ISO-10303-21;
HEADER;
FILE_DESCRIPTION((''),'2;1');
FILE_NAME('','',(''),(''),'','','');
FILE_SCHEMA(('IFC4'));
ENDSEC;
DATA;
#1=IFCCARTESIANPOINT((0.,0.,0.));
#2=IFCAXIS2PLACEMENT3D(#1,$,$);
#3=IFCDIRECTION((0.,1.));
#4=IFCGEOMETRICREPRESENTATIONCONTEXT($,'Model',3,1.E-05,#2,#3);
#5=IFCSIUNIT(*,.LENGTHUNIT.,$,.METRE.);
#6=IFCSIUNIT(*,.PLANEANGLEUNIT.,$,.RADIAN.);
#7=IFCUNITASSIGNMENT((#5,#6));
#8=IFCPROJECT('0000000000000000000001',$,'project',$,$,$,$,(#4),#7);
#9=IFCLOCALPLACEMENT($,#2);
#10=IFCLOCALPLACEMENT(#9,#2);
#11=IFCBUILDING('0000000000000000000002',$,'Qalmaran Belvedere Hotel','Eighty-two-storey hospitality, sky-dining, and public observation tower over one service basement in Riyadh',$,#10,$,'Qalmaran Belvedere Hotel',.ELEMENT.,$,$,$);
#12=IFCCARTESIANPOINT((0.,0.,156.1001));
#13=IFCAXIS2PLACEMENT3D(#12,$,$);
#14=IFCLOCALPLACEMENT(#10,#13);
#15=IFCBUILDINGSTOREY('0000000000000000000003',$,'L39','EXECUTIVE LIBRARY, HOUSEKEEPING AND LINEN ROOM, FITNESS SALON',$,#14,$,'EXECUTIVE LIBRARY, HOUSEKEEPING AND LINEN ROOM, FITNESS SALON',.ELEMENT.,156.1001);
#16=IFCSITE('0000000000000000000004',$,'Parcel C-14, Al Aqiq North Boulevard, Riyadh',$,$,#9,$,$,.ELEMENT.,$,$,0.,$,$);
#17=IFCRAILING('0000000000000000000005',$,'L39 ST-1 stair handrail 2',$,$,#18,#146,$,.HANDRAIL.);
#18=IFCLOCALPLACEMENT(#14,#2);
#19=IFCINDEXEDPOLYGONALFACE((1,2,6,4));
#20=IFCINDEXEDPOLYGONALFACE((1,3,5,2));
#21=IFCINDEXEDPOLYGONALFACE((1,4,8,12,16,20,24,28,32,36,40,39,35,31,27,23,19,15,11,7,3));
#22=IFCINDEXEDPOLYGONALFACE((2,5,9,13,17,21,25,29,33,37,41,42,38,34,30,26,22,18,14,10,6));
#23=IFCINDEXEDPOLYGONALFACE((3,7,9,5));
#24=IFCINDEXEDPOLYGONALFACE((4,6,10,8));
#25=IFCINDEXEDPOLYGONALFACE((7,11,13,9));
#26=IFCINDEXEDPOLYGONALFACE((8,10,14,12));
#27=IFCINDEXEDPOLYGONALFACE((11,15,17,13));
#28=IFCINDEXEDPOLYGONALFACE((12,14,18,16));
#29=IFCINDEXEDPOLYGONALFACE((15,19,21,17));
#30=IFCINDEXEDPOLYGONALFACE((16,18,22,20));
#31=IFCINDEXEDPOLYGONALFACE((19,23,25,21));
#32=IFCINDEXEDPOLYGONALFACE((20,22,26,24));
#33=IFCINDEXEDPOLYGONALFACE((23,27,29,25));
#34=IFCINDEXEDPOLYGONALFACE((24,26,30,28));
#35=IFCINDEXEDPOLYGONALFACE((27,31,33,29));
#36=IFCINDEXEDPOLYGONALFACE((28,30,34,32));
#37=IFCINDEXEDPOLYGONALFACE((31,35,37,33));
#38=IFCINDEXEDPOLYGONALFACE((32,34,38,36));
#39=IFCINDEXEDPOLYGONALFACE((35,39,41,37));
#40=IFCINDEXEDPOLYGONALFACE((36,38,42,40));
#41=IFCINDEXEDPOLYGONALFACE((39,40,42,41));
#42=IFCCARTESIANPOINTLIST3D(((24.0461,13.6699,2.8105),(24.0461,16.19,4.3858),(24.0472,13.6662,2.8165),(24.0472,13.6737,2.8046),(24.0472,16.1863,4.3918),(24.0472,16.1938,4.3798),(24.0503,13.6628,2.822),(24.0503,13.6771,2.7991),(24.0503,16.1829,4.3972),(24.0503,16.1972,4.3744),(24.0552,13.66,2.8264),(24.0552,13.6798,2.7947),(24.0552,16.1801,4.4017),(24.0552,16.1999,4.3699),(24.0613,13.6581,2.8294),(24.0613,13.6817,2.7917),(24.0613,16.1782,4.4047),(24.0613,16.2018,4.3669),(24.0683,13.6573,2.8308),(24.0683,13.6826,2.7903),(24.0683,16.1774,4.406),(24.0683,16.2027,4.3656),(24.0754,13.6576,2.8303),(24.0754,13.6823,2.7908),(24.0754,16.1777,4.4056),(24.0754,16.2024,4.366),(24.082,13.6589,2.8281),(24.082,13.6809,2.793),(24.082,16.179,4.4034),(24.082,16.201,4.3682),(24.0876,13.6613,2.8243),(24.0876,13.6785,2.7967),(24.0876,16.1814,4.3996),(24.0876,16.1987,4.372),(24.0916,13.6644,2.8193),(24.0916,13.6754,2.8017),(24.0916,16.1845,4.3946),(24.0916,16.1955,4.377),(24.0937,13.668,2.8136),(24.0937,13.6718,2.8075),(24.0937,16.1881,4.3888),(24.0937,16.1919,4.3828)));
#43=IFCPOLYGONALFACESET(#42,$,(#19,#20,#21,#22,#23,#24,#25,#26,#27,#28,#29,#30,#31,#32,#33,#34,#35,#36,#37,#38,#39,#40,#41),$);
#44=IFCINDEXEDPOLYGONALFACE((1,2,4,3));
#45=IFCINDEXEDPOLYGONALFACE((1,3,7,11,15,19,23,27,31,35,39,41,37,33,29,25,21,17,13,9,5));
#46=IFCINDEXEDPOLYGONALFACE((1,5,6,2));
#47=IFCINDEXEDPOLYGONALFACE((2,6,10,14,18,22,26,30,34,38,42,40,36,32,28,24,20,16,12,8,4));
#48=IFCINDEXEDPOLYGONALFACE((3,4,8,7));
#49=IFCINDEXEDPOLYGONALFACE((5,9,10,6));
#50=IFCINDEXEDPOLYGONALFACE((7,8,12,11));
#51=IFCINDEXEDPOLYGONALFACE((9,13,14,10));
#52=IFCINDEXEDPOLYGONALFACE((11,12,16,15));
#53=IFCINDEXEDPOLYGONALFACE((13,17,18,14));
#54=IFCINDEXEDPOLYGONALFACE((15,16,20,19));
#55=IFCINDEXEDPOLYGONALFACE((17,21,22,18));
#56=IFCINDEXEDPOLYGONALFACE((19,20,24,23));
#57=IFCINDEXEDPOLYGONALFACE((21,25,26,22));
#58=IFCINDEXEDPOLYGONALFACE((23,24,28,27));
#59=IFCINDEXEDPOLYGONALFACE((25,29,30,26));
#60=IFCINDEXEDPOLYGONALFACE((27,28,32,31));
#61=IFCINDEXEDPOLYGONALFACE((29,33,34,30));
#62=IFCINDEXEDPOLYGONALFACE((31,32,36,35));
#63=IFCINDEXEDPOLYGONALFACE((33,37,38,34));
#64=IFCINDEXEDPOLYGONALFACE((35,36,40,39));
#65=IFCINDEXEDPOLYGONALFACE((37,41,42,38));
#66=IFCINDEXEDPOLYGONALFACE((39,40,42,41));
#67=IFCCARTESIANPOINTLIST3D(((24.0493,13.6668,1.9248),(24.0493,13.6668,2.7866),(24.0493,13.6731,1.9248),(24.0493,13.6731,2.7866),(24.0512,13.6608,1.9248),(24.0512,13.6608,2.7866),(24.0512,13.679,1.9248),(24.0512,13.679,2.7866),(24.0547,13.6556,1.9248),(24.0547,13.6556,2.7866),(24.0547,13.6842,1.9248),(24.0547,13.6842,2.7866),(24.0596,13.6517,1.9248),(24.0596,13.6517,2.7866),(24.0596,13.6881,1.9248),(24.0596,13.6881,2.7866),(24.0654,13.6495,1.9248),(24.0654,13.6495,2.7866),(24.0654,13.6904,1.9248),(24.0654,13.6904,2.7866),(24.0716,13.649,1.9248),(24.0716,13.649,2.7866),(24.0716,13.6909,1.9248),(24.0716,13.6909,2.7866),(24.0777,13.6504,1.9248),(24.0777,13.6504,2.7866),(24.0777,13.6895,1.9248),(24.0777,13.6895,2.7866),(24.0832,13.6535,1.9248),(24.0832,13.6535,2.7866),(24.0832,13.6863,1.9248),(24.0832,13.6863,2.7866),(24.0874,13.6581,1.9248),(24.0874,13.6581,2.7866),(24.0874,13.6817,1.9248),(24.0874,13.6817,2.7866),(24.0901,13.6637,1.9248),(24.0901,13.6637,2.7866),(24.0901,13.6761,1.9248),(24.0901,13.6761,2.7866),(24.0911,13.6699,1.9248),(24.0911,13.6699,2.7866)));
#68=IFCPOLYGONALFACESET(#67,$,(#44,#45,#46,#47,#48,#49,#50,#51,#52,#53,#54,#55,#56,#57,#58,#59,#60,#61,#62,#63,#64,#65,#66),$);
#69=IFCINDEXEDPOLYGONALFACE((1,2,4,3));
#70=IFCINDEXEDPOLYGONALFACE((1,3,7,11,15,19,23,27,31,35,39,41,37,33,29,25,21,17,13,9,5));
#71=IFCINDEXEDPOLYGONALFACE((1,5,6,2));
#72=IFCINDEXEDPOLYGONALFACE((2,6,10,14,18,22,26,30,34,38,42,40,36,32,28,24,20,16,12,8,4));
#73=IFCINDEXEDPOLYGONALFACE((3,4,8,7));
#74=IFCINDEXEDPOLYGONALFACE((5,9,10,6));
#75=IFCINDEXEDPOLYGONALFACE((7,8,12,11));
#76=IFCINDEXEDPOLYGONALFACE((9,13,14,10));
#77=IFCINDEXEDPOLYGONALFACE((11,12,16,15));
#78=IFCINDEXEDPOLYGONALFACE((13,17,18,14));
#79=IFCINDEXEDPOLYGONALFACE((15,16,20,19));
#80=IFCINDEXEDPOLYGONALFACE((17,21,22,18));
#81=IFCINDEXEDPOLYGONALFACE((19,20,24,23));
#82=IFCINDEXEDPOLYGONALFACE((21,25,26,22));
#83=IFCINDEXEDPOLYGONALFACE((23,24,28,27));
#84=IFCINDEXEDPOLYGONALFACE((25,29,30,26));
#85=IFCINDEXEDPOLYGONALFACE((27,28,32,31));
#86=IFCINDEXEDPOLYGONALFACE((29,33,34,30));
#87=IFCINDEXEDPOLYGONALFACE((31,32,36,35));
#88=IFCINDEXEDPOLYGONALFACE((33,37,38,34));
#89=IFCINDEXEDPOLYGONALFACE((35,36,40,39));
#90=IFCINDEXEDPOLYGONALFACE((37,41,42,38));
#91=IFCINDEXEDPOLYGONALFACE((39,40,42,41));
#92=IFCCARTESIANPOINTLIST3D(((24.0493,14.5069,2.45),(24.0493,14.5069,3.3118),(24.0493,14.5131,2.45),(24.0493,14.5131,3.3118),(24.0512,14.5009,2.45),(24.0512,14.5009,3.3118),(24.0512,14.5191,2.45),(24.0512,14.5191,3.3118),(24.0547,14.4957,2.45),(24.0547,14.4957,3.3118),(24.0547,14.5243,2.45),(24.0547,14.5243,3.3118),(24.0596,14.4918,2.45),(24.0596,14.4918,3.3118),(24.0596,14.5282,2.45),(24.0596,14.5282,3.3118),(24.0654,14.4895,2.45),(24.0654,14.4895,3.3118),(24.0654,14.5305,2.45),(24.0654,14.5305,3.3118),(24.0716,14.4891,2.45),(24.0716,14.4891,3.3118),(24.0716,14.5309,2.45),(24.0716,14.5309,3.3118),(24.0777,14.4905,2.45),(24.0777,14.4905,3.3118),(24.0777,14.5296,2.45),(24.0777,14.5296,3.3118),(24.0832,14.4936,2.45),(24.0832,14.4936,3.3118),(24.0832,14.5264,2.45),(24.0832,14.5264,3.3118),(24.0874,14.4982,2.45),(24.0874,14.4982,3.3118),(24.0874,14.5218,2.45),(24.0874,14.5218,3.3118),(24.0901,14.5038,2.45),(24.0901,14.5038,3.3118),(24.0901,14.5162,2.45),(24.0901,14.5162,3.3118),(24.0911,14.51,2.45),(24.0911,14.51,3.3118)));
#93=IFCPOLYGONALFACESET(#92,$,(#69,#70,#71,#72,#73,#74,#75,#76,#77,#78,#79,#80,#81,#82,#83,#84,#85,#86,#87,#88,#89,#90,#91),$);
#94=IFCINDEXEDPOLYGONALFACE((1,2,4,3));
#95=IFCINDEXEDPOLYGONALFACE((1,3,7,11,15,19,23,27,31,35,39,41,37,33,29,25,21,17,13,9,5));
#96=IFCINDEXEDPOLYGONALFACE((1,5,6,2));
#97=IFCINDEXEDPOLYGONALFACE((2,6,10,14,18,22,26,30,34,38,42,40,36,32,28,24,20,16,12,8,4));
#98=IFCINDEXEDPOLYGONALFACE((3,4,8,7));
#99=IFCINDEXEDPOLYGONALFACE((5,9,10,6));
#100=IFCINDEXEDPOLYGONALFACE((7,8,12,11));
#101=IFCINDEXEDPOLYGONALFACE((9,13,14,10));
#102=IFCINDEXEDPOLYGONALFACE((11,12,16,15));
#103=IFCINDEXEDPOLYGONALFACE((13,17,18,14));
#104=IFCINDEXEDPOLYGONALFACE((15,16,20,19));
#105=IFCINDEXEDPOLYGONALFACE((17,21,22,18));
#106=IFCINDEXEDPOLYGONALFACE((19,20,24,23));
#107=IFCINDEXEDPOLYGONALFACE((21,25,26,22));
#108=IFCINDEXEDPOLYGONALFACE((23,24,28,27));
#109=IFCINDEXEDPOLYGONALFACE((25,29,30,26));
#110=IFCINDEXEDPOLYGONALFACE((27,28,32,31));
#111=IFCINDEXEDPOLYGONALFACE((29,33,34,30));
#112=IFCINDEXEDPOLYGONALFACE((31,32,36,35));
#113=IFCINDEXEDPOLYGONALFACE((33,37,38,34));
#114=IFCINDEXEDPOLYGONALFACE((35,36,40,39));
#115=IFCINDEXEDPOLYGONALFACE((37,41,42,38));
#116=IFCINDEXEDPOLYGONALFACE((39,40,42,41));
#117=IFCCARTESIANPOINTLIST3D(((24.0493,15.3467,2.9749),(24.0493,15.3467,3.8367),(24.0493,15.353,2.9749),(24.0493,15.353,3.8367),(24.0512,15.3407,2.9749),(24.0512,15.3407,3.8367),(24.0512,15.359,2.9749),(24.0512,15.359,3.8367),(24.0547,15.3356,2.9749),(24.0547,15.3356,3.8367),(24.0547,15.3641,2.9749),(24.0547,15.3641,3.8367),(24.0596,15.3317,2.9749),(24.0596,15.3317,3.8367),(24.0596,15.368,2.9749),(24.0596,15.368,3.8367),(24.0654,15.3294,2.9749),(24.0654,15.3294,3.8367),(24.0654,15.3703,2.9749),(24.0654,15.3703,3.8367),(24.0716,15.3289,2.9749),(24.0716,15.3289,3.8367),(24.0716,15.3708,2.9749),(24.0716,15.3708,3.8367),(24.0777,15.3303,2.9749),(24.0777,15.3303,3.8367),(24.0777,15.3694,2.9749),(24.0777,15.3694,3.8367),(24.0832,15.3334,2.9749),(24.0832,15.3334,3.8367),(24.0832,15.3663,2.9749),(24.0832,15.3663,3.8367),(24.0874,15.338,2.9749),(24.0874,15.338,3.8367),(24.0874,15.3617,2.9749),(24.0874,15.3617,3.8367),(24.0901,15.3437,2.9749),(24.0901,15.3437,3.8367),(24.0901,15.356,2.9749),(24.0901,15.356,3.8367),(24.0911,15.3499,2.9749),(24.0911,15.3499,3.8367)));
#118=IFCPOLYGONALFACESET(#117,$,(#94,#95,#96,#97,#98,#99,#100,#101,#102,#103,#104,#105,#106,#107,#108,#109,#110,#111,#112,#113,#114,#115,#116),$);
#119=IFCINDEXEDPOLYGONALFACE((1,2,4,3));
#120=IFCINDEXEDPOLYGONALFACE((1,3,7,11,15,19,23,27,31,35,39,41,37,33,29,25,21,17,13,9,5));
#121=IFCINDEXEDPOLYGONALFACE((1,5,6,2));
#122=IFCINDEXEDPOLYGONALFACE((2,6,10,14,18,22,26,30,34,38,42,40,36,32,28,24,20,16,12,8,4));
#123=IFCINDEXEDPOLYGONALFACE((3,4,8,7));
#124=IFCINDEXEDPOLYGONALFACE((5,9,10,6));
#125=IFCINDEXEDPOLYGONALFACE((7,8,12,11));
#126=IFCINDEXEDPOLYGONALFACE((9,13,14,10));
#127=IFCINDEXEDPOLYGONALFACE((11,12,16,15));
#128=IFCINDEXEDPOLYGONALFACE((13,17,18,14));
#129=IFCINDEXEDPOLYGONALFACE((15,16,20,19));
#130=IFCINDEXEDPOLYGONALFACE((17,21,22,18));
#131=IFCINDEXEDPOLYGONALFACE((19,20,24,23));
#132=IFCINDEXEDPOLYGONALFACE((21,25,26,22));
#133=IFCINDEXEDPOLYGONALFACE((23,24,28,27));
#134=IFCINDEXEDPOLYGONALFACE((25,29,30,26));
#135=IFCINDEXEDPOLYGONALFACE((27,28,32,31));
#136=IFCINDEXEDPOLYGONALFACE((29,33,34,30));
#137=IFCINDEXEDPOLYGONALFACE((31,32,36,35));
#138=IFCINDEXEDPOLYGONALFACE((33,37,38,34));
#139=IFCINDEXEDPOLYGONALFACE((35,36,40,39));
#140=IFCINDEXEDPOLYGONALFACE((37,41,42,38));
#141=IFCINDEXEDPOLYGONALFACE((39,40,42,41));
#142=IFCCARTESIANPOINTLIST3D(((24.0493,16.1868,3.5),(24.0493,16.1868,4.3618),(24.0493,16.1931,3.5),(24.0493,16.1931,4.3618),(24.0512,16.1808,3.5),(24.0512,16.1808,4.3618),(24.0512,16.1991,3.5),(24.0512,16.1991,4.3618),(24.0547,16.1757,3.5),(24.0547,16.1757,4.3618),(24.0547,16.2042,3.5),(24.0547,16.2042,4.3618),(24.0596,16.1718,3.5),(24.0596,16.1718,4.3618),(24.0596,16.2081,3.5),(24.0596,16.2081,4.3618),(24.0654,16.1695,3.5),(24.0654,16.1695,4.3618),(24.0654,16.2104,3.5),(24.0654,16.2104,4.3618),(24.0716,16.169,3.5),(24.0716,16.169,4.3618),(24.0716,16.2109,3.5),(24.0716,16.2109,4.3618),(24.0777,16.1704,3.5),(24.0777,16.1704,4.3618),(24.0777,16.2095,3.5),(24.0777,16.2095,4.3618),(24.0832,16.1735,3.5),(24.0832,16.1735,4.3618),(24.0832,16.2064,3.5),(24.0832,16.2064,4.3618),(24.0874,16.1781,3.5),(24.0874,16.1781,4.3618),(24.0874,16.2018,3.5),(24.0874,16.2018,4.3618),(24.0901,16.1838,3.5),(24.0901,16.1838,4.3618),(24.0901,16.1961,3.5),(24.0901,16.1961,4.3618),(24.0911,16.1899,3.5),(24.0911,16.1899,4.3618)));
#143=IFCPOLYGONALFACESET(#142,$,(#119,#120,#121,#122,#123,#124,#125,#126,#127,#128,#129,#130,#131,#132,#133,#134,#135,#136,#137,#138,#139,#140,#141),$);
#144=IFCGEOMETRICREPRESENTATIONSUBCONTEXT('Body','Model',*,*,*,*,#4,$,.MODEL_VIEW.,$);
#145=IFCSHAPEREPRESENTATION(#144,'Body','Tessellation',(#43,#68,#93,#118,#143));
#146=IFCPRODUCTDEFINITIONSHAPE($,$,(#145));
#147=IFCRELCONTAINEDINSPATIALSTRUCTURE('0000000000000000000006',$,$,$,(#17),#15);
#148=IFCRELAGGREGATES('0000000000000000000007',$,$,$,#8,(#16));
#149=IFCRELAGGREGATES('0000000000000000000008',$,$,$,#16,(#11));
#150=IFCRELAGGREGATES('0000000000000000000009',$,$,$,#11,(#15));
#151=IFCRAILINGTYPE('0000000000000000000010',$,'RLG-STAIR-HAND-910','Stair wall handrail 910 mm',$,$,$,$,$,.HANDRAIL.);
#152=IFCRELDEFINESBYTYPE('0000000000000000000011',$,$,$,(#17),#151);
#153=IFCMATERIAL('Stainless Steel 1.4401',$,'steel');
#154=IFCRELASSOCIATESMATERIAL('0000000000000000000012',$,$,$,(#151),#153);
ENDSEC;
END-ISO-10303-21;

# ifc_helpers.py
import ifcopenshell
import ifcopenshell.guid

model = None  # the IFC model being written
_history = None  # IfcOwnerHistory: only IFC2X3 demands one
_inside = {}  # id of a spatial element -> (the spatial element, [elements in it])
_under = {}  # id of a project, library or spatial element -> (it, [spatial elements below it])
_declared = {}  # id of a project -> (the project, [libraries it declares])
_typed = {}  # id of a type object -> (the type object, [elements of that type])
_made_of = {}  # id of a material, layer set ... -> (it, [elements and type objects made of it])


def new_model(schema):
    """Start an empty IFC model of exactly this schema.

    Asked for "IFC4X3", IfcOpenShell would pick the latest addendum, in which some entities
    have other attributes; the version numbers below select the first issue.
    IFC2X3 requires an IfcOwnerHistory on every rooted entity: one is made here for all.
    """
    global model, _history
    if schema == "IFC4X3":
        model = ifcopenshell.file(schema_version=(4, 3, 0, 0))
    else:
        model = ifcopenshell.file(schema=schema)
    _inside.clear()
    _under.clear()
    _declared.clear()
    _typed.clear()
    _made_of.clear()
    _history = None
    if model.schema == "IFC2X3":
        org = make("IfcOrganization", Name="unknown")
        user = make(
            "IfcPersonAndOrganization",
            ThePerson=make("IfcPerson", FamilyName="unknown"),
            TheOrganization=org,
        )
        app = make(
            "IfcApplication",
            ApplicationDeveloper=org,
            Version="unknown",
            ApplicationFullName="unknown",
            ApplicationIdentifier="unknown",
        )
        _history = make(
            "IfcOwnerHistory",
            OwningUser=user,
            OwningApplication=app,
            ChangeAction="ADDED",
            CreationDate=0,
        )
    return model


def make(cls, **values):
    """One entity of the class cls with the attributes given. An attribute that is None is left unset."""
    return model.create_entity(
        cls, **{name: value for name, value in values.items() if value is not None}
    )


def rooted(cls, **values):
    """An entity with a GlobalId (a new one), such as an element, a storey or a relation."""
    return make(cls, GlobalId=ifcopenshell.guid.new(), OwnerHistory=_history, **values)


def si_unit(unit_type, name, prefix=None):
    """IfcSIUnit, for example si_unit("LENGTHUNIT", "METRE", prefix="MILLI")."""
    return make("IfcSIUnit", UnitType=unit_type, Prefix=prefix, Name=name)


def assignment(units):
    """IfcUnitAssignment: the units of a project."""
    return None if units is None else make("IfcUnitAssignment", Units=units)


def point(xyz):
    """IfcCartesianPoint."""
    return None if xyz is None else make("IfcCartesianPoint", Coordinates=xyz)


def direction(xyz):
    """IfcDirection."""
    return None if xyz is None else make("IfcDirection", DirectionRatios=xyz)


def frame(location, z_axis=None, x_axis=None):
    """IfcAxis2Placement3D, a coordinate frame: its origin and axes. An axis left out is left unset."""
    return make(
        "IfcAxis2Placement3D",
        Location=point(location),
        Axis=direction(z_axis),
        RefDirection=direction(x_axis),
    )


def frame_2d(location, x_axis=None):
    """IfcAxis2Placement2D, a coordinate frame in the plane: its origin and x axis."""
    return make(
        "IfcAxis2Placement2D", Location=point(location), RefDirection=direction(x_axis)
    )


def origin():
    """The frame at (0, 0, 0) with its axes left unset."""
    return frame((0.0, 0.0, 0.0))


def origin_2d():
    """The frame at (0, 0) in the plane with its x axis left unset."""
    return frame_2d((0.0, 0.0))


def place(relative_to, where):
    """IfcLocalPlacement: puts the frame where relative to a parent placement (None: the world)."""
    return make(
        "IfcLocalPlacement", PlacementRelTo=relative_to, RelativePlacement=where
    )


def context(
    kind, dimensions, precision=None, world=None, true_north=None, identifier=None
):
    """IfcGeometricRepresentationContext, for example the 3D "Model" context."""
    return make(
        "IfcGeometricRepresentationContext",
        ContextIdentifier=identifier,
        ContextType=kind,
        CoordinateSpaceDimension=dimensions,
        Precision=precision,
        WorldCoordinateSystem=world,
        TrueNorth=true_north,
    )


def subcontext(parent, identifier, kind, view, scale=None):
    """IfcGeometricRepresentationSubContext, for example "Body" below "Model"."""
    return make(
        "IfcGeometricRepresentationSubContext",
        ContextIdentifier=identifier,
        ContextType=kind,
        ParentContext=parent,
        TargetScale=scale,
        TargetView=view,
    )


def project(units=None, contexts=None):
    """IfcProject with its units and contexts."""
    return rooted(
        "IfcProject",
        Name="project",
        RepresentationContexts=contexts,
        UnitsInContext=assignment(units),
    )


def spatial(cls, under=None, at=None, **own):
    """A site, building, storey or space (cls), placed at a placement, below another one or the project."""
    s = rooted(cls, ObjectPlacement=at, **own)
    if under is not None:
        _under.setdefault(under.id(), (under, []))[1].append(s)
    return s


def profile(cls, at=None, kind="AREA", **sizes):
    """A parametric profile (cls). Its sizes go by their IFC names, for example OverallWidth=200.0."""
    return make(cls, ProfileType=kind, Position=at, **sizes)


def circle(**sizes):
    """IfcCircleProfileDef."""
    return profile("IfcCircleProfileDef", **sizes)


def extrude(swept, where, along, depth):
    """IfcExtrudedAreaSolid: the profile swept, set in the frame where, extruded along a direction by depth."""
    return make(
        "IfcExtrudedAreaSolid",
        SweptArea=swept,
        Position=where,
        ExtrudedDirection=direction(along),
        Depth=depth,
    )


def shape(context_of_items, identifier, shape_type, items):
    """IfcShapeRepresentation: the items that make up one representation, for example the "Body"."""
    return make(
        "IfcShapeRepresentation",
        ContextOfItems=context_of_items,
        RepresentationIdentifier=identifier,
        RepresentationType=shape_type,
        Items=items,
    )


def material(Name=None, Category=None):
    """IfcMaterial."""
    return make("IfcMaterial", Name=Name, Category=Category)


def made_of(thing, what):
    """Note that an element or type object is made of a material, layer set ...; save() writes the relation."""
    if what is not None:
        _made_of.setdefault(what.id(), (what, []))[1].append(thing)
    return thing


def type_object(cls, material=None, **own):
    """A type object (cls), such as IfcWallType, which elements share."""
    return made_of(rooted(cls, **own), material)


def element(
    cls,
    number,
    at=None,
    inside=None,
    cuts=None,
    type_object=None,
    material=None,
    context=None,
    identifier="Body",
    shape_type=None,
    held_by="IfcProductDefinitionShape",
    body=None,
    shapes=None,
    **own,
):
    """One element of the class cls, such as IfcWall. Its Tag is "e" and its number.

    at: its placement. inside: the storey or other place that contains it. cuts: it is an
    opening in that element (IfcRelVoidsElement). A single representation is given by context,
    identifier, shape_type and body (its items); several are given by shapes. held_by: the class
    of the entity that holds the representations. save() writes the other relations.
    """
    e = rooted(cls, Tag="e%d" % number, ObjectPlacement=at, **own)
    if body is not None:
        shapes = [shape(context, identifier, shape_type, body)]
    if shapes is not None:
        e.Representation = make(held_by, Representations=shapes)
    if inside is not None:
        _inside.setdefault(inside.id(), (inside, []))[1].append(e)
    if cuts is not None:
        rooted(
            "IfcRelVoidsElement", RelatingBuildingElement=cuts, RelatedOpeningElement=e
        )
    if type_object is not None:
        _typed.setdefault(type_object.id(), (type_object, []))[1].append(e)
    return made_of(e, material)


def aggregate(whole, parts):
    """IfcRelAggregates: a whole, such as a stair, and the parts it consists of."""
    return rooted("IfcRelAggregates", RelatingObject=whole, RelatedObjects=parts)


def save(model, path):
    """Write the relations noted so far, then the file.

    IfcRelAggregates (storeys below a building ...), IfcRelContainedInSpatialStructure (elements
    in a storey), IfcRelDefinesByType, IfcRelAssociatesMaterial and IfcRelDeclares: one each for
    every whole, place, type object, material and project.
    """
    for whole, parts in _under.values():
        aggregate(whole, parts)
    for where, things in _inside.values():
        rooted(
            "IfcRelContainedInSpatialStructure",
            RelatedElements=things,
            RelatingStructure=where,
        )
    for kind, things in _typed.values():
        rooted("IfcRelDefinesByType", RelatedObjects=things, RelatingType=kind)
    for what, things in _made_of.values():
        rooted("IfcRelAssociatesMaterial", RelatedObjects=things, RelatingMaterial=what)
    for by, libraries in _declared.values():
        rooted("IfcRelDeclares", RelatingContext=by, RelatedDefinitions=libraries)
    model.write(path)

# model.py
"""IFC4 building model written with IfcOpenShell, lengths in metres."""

from ifc_helpers import new_model, si_unit, direction, frame, origin, origin_2d, place, context, subcontext, project, spatial, circle, extrude, material, type_object, element, save


model = new_model("IFC4")

# Units and contexts
model_context = context("Model", 3, precision=1e-05, world=origin(), true_north=direction((0.0, 1.0)))
body_context = subcontext(model_context, "Body", "Model", "MODEL_VIEW")
ifc_project = project(units=[si_unit("LENGTHUNIT", "METRE"), si_unit("PLANEANGLEUNIT", "RADIAN")], contexts=[model_context])

# Site, building, storey
site_placement = place(None, origin())
site = spatial("IfcSite", under=ifc_project, at=site_placement, Name="Parcel C-14, Al Aqiq North Boulevard, Riyadh", CompositionType="ELEMENT", RefElevation=0.0)
building_placement = place(site_placement, origin())
building = spatial("IfcBuilding", under=site, at=building_placement, Name="Qalmaran Belvedere Hotel", Description="Eighty-two-storey hospitality, sky-dining, and public observation tower over one service basement in Riyadh", LongName="Qalmaran Belvedere Hotel", CompositionType="ELEMENT")
storey_placement = place(building_placement, frame((0.0, 0.0, 156.1001)))
storey = spatial("IfcBuildingStorey", under=building, at=storey_placement, Name="L39", Description="EXECUTIVE LIBRARY, HOUSEKEEPING AND LINEN ROOM, FITNESS SALON", LongName="EXECUTIVE LIBRARY, HOUSEKEEPING AND LINEN ROOM, FITNESS SALON", CompositionType="ELEMENT", Elevation=156.1001)

# Shared definitions
ifc_material_1 = material(Name="Stainless Steel 1.4401", Category="steel")

# Railing
railing_type_1 = type_object("IfcRailingType", Name="RLG-STAIR-HAND-910", Description="Stair wall handrail 910 mm", PredefinedType="HANDRAIL", material=ifc_material_1)
railing_1_placement = place(storey_placement, frame((24.0701, 13.6699, 1.9248)))
element("IfcRailing", 1, at=railing_1_placement, inside=storey, type_object=railing_type_1, Name="L39 ST-1 stair handrail 2", PredefinedType="HANDRAIL", context=body_context, shape_type="SweptSolid", body=[
    extrude(circle(Radius=0.0239, at=origin_2d()), frame((0.0, 0.0, 0.8857), z_axis=(0.0, 0.847971, 0.530043), x_axis=(-1.0, 0.0, 0.0)), (0.0, 0.0, 1.0), 2.9719),
    extrude(circle(Radius=0.021, at=origin_2d()), origin(), (0.0, 0.0, 1.0), 0.8618),
    extrude(circle(Radius=0.021, at=origin_2d()), frame((0.0, 0.8401, 0.5251)), (0.0, 0.0, 1.0), 0.8618),
    extrude(circle(Radius=0.021, at=origin_2d()), frame((0.0, 1.6799, 1.05)), (0.0, 0.0, 1.0), 0.8618),
    extrude(circle(Radius=0.021, at=origin_2d()), frame((0.0, 2.52, 1.5752)), (0.0, 0.0, 1.0), 0.8618),
])

save(model, "model.ifc")
